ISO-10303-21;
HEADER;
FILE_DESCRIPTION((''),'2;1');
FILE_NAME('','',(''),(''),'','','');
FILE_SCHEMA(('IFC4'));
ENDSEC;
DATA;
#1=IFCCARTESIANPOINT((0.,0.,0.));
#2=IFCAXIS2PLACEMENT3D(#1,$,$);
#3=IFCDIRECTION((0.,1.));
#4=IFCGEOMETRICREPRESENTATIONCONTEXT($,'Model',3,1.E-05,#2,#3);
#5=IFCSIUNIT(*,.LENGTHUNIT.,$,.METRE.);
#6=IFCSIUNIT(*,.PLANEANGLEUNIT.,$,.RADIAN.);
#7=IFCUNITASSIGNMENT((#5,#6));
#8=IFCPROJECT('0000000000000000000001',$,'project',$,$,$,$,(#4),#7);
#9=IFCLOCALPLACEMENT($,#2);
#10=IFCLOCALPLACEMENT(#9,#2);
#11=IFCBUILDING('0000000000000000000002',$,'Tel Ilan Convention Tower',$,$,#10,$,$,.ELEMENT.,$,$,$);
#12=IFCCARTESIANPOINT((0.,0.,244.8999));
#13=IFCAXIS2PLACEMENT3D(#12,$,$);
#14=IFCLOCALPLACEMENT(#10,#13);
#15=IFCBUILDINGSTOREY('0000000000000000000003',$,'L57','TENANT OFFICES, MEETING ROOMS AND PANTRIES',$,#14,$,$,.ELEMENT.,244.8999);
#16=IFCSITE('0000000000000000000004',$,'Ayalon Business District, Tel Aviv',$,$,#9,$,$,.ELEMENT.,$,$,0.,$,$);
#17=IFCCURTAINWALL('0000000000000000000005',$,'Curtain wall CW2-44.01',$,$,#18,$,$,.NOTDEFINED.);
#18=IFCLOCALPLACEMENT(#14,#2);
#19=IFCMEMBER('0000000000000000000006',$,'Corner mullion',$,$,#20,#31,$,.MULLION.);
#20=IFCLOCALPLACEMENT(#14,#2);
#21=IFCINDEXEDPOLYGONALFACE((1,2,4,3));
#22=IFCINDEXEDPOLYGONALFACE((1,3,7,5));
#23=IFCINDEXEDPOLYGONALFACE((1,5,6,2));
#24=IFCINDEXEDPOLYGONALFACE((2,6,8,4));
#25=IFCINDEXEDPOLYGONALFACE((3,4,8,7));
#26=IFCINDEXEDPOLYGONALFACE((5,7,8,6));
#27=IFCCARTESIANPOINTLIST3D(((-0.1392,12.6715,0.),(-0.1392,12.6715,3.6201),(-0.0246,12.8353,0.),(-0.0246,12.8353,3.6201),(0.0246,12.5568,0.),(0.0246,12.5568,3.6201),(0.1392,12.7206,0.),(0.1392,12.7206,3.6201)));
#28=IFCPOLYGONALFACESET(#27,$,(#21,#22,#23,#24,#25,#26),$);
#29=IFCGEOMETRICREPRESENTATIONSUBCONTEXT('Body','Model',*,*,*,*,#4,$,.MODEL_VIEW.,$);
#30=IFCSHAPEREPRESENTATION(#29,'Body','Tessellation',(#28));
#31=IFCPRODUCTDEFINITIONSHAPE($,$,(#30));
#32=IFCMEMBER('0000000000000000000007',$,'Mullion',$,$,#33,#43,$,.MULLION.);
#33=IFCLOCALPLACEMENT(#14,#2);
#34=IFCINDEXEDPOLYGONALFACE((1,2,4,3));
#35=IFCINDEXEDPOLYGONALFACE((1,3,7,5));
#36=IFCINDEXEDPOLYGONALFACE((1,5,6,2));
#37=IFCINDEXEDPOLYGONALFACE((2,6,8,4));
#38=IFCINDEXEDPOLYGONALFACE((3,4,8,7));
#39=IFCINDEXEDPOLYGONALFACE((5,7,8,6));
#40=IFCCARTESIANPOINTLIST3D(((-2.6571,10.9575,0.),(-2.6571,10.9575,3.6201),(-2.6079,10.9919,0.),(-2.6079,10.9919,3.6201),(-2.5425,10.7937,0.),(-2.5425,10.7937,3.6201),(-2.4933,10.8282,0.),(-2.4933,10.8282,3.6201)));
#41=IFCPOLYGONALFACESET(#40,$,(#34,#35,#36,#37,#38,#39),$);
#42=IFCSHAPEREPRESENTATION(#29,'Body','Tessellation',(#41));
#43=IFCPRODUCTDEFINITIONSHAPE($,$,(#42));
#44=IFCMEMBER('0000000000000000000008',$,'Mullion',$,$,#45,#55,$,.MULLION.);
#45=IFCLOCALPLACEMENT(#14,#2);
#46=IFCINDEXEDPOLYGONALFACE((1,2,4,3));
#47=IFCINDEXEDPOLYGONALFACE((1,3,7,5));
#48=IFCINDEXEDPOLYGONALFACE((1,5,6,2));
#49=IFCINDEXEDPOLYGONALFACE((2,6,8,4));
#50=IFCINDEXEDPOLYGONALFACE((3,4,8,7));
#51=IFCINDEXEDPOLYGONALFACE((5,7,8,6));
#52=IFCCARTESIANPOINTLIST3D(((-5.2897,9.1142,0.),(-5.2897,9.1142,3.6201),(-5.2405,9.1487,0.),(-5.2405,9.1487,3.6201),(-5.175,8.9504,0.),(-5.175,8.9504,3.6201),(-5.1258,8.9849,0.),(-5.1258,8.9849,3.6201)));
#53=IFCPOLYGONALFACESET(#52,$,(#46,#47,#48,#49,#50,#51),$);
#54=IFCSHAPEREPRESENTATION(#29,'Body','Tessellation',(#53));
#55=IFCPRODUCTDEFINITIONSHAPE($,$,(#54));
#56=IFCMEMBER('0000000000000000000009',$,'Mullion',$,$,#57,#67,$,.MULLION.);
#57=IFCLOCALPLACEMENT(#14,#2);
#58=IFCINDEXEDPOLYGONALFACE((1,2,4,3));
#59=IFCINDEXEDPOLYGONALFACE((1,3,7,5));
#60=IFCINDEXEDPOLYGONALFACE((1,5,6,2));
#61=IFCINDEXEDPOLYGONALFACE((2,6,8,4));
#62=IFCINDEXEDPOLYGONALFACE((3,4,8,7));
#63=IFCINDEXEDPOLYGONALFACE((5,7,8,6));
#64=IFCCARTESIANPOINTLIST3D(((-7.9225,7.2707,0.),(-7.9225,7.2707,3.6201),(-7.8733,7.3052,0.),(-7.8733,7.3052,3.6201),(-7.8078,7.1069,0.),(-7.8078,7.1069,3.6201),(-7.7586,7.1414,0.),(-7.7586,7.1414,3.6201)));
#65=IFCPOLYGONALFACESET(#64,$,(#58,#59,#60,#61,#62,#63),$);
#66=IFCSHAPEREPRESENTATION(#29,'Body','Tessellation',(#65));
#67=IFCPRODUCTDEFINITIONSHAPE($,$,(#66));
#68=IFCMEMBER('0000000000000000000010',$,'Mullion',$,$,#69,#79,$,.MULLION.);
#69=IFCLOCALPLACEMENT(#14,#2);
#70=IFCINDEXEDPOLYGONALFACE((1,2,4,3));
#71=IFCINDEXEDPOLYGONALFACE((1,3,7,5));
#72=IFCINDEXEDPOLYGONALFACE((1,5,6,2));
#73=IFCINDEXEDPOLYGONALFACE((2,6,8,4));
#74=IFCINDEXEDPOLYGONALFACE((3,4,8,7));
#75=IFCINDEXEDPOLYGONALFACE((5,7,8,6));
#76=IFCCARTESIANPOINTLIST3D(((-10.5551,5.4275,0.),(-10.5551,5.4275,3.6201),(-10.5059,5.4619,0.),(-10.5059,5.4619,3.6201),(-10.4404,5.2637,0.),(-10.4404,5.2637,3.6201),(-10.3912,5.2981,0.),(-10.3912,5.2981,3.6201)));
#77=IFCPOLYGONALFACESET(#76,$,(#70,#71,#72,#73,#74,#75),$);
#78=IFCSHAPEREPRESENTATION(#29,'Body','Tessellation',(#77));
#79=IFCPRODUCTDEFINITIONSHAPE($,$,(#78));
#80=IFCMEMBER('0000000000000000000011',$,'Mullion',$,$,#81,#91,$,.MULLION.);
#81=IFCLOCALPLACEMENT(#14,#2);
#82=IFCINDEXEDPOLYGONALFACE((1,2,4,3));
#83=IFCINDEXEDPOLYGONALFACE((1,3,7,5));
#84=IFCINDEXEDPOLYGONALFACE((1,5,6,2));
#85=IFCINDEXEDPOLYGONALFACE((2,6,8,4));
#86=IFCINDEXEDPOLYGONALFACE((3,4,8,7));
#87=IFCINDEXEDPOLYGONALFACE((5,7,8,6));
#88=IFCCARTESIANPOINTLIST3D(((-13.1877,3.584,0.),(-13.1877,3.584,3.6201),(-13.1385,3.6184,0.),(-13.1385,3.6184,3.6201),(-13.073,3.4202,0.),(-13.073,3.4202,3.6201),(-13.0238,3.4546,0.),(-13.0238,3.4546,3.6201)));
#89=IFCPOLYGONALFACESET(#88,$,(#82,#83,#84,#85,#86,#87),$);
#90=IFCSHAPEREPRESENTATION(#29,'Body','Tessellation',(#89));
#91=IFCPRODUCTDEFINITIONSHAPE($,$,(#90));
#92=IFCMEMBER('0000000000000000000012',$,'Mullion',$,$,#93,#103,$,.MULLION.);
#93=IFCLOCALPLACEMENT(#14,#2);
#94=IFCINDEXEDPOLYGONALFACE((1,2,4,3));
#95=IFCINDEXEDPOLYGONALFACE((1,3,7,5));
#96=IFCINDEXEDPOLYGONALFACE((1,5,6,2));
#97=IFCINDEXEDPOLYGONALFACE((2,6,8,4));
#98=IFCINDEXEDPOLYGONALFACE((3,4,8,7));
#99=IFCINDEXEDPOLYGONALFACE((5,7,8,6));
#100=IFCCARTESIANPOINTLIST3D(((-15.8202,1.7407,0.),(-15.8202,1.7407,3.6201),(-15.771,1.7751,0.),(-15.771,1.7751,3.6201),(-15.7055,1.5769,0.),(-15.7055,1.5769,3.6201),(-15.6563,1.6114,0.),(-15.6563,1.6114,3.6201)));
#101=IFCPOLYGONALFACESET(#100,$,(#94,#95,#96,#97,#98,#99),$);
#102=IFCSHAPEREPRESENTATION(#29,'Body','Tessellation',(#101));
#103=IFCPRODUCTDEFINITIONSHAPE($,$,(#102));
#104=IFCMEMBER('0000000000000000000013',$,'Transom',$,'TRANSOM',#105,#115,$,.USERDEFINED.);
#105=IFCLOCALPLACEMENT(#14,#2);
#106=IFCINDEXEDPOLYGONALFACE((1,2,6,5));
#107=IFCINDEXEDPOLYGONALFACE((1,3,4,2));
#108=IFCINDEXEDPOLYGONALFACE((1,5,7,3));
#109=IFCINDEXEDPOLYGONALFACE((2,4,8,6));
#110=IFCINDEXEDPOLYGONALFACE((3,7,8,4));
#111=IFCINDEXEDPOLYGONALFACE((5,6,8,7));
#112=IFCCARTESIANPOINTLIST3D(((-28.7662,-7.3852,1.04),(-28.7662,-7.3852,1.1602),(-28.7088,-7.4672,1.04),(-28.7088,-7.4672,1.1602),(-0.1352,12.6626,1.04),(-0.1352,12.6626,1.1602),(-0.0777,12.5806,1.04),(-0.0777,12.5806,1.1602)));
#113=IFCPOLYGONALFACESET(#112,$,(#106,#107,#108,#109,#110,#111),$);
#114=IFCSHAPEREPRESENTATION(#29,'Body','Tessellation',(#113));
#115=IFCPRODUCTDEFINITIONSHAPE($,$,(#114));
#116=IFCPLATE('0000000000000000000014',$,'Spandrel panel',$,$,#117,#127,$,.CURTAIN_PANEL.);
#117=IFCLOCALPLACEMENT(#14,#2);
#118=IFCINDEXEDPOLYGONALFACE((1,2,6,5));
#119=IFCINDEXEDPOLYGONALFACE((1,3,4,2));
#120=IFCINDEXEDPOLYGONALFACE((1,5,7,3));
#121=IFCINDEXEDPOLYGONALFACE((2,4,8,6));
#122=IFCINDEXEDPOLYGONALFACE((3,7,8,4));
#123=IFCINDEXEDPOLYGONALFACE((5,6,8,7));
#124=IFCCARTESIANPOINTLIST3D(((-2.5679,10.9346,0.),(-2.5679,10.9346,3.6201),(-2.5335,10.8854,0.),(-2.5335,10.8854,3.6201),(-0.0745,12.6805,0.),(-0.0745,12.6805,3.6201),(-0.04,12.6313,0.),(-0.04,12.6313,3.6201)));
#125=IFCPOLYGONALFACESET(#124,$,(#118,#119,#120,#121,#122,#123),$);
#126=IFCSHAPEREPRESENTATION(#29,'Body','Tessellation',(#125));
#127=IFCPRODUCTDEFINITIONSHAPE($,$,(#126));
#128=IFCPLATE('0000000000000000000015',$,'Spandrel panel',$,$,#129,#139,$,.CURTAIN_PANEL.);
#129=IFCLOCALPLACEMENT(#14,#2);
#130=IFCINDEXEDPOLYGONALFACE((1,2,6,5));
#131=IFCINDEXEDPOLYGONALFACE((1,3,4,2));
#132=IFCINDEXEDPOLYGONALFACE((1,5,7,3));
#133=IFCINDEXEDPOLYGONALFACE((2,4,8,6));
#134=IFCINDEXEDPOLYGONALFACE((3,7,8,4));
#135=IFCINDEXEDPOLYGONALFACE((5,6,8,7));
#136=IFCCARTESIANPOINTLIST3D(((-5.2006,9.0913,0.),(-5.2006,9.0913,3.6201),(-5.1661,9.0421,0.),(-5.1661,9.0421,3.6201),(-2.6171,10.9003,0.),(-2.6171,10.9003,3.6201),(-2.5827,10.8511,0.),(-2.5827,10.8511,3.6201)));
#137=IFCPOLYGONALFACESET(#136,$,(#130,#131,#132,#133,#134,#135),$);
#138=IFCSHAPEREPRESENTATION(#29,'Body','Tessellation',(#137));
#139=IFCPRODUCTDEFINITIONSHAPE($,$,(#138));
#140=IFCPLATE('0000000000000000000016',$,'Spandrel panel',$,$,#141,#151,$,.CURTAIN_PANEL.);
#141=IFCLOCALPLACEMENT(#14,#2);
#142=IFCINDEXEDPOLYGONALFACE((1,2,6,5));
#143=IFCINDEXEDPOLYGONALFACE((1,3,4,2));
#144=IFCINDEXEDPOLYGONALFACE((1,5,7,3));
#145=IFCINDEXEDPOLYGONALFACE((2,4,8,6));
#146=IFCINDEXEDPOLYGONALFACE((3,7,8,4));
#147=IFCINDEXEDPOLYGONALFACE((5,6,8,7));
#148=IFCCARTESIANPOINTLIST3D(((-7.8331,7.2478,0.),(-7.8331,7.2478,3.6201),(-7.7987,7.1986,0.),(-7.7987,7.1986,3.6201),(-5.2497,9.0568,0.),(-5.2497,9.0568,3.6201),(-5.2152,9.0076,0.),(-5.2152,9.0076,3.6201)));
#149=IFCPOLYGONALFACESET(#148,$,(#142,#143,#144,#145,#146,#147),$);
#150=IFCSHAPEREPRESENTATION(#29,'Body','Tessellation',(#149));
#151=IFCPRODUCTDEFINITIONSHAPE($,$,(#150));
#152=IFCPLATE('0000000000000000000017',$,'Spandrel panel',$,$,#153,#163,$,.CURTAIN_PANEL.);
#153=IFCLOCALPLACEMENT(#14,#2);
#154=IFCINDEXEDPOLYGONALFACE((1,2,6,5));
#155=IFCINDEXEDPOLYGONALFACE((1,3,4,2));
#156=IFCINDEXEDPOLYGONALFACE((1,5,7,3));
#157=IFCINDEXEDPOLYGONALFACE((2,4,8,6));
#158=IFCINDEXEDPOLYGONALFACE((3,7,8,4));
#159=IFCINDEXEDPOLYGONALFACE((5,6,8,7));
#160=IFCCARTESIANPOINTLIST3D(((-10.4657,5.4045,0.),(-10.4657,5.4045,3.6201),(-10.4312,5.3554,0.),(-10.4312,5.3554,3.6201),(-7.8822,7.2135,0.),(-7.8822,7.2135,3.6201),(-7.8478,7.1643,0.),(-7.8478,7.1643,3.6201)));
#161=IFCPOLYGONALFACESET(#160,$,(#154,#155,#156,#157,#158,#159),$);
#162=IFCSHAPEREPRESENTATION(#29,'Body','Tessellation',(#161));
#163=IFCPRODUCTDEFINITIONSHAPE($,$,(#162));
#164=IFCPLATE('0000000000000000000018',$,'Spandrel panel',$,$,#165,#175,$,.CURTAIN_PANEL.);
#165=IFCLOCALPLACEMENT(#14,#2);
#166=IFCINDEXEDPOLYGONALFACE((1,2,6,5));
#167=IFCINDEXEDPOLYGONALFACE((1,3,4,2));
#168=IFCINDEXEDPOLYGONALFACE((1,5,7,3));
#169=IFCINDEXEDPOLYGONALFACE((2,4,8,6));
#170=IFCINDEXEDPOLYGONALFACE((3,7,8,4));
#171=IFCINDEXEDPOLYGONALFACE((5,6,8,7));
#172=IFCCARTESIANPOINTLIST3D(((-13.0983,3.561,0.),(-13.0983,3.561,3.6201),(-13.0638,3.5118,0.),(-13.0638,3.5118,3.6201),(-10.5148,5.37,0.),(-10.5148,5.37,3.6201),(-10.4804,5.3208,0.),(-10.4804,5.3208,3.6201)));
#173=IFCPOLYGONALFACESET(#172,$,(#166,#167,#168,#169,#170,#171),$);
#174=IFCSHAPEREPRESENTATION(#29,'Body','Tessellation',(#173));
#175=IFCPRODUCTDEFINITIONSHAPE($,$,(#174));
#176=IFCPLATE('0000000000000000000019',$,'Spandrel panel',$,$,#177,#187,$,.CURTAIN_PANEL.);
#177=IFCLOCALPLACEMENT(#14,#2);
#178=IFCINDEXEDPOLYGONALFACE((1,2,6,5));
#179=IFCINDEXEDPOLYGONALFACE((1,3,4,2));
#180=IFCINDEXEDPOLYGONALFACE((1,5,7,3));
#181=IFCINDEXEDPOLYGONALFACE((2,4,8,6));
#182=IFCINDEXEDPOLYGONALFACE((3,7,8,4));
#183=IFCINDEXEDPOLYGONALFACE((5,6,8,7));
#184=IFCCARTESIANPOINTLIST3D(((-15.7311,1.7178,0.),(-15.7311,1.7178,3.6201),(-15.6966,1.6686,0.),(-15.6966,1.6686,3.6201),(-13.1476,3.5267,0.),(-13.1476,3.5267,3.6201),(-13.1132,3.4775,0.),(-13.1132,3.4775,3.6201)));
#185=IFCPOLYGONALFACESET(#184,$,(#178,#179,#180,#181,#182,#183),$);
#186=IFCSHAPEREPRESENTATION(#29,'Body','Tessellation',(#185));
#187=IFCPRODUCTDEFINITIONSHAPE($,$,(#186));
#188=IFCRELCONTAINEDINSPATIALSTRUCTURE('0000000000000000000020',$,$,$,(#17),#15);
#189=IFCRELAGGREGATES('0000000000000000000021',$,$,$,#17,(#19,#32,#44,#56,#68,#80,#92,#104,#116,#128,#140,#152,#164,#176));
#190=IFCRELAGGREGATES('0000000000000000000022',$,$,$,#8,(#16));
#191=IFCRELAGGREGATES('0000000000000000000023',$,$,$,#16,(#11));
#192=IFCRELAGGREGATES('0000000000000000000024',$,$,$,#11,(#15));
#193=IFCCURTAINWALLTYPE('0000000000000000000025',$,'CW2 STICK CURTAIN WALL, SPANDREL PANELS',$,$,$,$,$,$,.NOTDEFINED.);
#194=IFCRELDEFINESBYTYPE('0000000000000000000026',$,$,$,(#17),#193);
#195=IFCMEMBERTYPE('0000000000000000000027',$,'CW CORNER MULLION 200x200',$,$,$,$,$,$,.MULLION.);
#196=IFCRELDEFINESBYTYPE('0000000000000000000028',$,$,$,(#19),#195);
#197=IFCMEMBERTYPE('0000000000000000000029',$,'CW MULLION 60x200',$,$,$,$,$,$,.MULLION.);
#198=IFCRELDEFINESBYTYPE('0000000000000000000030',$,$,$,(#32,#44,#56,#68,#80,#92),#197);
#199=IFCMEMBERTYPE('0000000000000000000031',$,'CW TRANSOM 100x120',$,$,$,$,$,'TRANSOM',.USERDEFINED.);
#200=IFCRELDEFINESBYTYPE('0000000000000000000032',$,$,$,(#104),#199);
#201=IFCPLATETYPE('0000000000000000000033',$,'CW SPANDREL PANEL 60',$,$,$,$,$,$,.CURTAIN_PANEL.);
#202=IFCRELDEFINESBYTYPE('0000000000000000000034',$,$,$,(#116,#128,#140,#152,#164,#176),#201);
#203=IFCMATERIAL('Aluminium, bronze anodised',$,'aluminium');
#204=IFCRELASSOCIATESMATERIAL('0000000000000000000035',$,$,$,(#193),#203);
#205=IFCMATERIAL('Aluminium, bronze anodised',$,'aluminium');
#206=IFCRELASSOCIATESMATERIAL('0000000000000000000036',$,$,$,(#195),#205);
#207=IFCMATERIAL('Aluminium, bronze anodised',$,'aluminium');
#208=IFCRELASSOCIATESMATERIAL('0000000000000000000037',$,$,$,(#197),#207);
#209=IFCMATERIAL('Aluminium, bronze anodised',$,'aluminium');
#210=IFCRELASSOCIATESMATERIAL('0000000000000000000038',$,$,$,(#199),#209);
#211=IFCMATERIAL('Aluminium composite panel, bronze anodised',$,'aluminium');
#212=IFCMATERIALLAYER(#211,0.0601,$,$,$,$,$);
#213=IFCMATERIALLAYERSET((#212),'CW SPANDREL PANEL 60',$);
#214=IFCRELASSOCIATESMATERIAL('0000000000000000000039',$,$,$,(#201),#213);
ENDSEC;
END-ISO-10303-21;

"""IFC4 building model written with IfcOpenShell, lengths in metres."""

from ifc_helpers import new_model, si_unit, direction, frame, origin, origin_2d, place, context, subcontext, project, spatial, rectangle, extrude, material, layer, layer_set, material_profile, profile_set, type_object, element, aggregate, save


model = new_model("IFC4")

# Units and contexts
model_context = context("Model", 3, precision=1e-05, world=origin(), true_north=direction((0.0, 1.0)))
body_context = subcontext(model_context, "Body", "Model", "MODEL_VIEW")
ifc_project = project(units=[si_unit("LENGTHUNIT", "METRE"), si_unit("PLANEANGLEUNIT", "RADIAN")], contexts=[model_context])

# Site, building, storey
site_placement = place(None, origin())
site = spatial("IfcSite", under=ifc_project, at=site_placement, Name="Ayalon Business District, Tel Aviv", CompositionType="ELEMENT", RefElevation=0.0)
building_placement = place(site_placement, origin())
building = spatial("IfcBuilding", under=site, at=building_placement, Name="Tel Ilan Convention Tower", CompositionType="ELEMENT")
storey_placement = place(building_placement, frame((0.0, 0.0, 244.8999)))
storey = spatial("IfcBuildingStorey", under=building, at=storey_placement, Name="L57", Description="TENANT OFFICES, MEETING ROOMS AND PANTRIES", CompositionType="ELEMENT", Elevation=244.8999)

# Curtain wall, members, plates
ifc_material_1 = material(Name="Aluminium, bronze anodised", Category="aluminium")
curtain_wall_type = type_object("IfcCurtainWallType", Name="CW2 STICK CURTAIN WALL, SPANDREL PANELS", PredefinedType="NOTDEFINED", material=ifc_material_1)
curtain_wall_placement = place(storey_placement, origin())
curtain_wall = element("IfcCurtainWall", 1, at=curtain_wall_placement, inside=storey, type_object=curtain_wall_type, Name="Curtain wall CW2-44.01", PredefinedType="NOTDEFINED")
ifc_material_2 = material(Name="Aluminium, bronze anodised", Category="aluminium")
ifc_material_profile_1 = material_profile(ifc_material_2, rectangle(XDim=0.2, YDim=0.2, at=origin_2d()), Name="CW CORNER MULLION 200x200")
ifc_profile_set_1 = profile_set([ifc_material_profile_1], Name="Aluminium, bronze anodised")
member_type_1 = type_object("IfcMemberType", Name="CW CORNER MULLION 200x200", PredefinedType="MULLION", material=ifc_profile_set_1)
member_1_placement = place(storey_placement, frame((0.0, 12.696, 0.0), z_axis=(0.0, 0.0, 1.0), x_axis=(-0.819152, 0.573576, 0.0)))
member_1 = element("IfcMember", 2, at=member_1_placement, type_object=member_type_1, Name="Corner mullion", PredefinedType="MULLION", context=body_context, shape_type="SweptSolid", body=[
    extrude(rectangle(XDim=0.2, YDim=0.2, at=origin_2d()), origin(), (0.0, 0.0, 1.0), 3.6201),
])
ifc_material_3 = material(Name="Aluminium, bronze anodised", Category="aluminium")
ifc_material_profile_2 = material_profile(ifc_material_3, rectangle(XDim=0.0601, YDim=0.2, at=origin_2d()), Name="CW MULLION 60x200")
ifc_profile_set_2 = profile_set([ifc_material_profile_2], Name="Aluminium, bronze anodised")
member_type_2 = type_object("IfcMemberType", Name="CW MULLION 60x200", PredefinedType="MULLION", material=ifc_profile_set_2)
member_2_placement = place(storey_placement, frame((-2.5752, 10.8928, 0.0), z_axis=(0.0, 0.0, 1.0), x_axis=(-0.819152, -0.573576, 0.0)))
member_2 = element("IfcMember", 3, at=member_2_placement, type_object=member_type_2, Name="Mullion", PredefinedType="MULLION", context=body_context, shape_type="SweptSolid", body=[
    extrude(rectangle(XDim=0.0601, YDim=0.2, at=origin_2d()), origin(), (0.0, 0.0, 1.0), 3.6201),
])
member_3_placement = place(storey_placement, frame((-5.2078, 9.0496, 0.0), z_axis=(0.0, 0.0, 1.0), x_axis=(-0.819152, -0.573576, 0.0)))
member_3 = element("IfcMember", 4, at=member_3_placement, type_object=member_type_2, Name="Mullion", PredefinedType="MULLION", context=body_context, shape_type="SweptSolid", body=[
    extrude(rectangle(XDim=0.0601, YDim=0.2, at=origin_2d()), origin(), (0.0, 0.0, 1.0), 3.6201),
])
member_4_placement = place(storey_placement, frame((-7.8406, 7.2061, 0.0), z_axis=(0.0, 0.0, 1.0), x_axis=(-0.819152, -0.573576, 0.0)))
member_4 = element("IfcMember", 5, at=member_4_placement, type_object=member_type_2, Name="Mullion", PredefinedType="MULLION", context=body_context, shape_type="SweptSolid", body=[
    extrude(rectangle(XDim=0.0601, YDim=0.2, at=origin_2d()), origin(), (0.0, 0.0, 1.0), 3.6201),
])
member_5_placement = place(storey_placement, frame((-10.4731, 5.3628, 0.0), z_axis=(0.0, 0.0, 1.0), x_axis=(-0.819152, -0.573576, 0.0)))
member_5 = element("IfcMember", 6, at=member_5_placement, type_object=member_type_2, Name="Mullion", PredefinedType="MULLION", context=body_context, shape_type="SweptSolid", body=[
    extrude(rectangle(XDim=0.0601, YDim=0.2, at=origin_2d()), origin(), (0.0, 0.0, 1.0), 3.6201),
])
member_6_placement = place(storey_placement, frame((-13.1057, 3.5193, 0.0), z_axis=(0.0, 0.0, 1.0), x_axis=(-0.819152, -0.573576, 0.0)))
member_6 = element("IfcMember", 7, at=member_6_placement, type_object=member_type_2, Name="Mullion", PredefinedType="MULLION", context=body_context, shape_type="SweptSolid", body=[
    extrude(rectangle(XDim=0.0601, YDim=0.2, at=origin_2d()), origin(), (0.0, 0.0, 1.0), 3.6201),
])
member_7_placement = place(storey_placement, frame((-15.7383, 1.676, 0.0), z_axis=(0.0, 0.0, 1.0), x_axis=(-0.819152, -0.573576, 0.0)))
member_7 = element("IfcMember", 8, at=member_7_placement, type_object=member_type_2, Name="Mullion", PredefinedType="MULLION", context=body_context, shape_type="SweptSolid", body=[
    extrude(rectangle(XDim=0.0601, YDim=0.2, at=origin_2d()), origin(), (0.0, 0.0, 1.0), 3.6201),
])
ifc_material_4 = material(Name="Aluminium, bronze anodised", Category="aluminium")
ifc_material_profile_3 = material_profile(ifc_material_4, rectangle(XDim=0.1001, YDim=0.1201, at=origin_2d()), Name="CW TRANSOM 100x120")
ifc_profile_set_3 = profile_set([ifc_material_profile_3], Name="Aluminium, bronze anodised")
member_type_3 = type_object("IfcMemberType", Name="CW TRANSOM 100x120", ElementType="TRANSOM", PredefinedType="USERDEFINED", material=ifc_profile_set_3)
member_8_placement = place(storey_placement, frame((-0.1064, 12.6216, 1.1001), z_axis=(-0.81915, -0.573579, 0.0), x_axis=(0.573579, -0.81915, 0.0)))
member_8 = element("IfcMember", 9, at=member_8_placement, type_object=member_type_3, Name="Transom", ObjectType="TRANSOM", PredefinedType="USERDEFINED", context=body_context, shape_type="SweptSolid", body=[
    extrude(rectangle(XDim=0.1001, YDim=0.1201, at=origin_2d()), origin(), (0.0, 0.0, 1.0), 34.9521),
])
ifc_material_5 = material(Name="Aluminium composite panel, bronze anodised", Category="aluminium")
ifc_layer_1 = layer(ifc_material_5, 0.0601)
ifc_layer_set_1 = layer_set([ifc_layer_1], Name="CW SPANDREL PANEL 60")
plate_type = type_object("IfcPlateType", Name="CW SPANDREL PANEL 60", PredefinedType="CURTAIN_PANEL", material=ifc_layer_set_1)
plate_1_placement = place(storey_placement, frame((-1.304, 11.783, 0.0), z_axis=(0.0, 0.0, 1.0), x_axis=(-0.819152, -0.573576, 0.0)))
plate_1 = element("IfcPlate", 10, at=plate_1_placement, type_object=plate_type, Name="Spandrel panel", PredefinedType="CURTAIN_PANEL", context=body_context, shape_type="SweptSolid", body=[
    extrude(rectangle(XDim=3.0439, YDim=0.0601, at=origin_2d()), origin(), (0.0, 0.0, 1.0), 3.6201),
])
plate_2_placement = place(storey_placement, frame((-3.8916, 9.9712, 0.0), z_axis=(0.0, 0.0, 1.0), x_axis=(-0.819152, -0.573576, 0.0)))
plate_2 = element("IfcPlate", 11, at=plate_2_placement, type_object=plate_type, Name="Spandrel panel", PredefinedType="CURTAIN_PANEL", context=body_context, shape_type="SweptSolid", body=[
    extrude(rectangle(XDim=3.1538, YDim=0.0601, at=origin_2d()), origin(), (0.0, 0.0, 1.0), 3.6201),
])
plate_3_placement = place(storey_placement, frame((-6.5242, 8.1277, 0.0), z_axis=(0.0, 0.0, 1.0), x_axis=(-0.819152, -0.573576, 0.0)))
plate_3 = element("IfcPlate", 12, at=plate_3_placement, type_object=plate_type, Name="Spandrel panel", PredefinedType="CURTAIN_PANEL", context=body_context, shape_type="SweptSolid", body=[
    extrude(rectangle(XDim=3.1538, YDim=0.0601, at=origin_2d()), origin(), (0.0, 0.0, 1.0), 3.6201),
])
plate_4_placement = place(storey_placement, frame((-9.1567, 6.2844, 0.0), z_axis=(0.0, 0.0, 1.0), x_axis=(-0.819152, -0.573576, 0.0)))
plate_4 = element("IfcPlate", 13, at=plate_4_placement, type_object=plate_type, Name="Spandrel panel", PredefinedType="CURTAIN_PANEL", context=body_context, shape_type="SweptSolid", body=[
    extrude(rectangle(XDim=3.1538, YDim=0.0601, at=origin_2d()), origin(), (0.0, 0.0, 1.0), 3.6201),
])
plate_5_placement = place(storey_placement, frame((-11.7893, 4.4409, 0.0), z_axis=(0.0, 0.0, 1.0), x_axis=(-0.819152, -0.573576, 0.0)))
plate_5 = element("IfcPlate", 14, at=plate_5_placement, type_object=plate_type, Name="Spandrel panel", PredefinedType="CURTAIN_PANEL", context=body_context, shape_type="SweptSolid", body=[
    extrude(rectangle(XDim=3.1538, YDim=0.0601, at=origin_2d()), origin(), (0.0, 0.0, 1.0), 3.6201),
])
plate_6_placement = place(storey_placement, frame((-14.4221, 2.5977, 0.0), z_axis=(0.0, 0.0, 1.0), x_axis=(-0.819152, -0.573576, 0.0)))
plate_6 = element("IfcPlate", 15, at=plate_6_placement, type_object=plate_type, Name="Spandrel panel", PredefinedType="CURTAIN_PANEL", context=body_context, shape_type="SweptSolid", body=[
    extrude(rectangle(XDim=3.1538, YDim=0.0601, at=origin_2d()), origin(), (0.0, 0.0, 1.0), 3.6201),
])
aggregate(curtain_wall, [member_1, member_2, member_3, member_4, member_5, member_6, member_7, member_8, plate_1, plate_2, plate_3, plate_4, plate_5, plate_6])

save(model, "model.ifc")
